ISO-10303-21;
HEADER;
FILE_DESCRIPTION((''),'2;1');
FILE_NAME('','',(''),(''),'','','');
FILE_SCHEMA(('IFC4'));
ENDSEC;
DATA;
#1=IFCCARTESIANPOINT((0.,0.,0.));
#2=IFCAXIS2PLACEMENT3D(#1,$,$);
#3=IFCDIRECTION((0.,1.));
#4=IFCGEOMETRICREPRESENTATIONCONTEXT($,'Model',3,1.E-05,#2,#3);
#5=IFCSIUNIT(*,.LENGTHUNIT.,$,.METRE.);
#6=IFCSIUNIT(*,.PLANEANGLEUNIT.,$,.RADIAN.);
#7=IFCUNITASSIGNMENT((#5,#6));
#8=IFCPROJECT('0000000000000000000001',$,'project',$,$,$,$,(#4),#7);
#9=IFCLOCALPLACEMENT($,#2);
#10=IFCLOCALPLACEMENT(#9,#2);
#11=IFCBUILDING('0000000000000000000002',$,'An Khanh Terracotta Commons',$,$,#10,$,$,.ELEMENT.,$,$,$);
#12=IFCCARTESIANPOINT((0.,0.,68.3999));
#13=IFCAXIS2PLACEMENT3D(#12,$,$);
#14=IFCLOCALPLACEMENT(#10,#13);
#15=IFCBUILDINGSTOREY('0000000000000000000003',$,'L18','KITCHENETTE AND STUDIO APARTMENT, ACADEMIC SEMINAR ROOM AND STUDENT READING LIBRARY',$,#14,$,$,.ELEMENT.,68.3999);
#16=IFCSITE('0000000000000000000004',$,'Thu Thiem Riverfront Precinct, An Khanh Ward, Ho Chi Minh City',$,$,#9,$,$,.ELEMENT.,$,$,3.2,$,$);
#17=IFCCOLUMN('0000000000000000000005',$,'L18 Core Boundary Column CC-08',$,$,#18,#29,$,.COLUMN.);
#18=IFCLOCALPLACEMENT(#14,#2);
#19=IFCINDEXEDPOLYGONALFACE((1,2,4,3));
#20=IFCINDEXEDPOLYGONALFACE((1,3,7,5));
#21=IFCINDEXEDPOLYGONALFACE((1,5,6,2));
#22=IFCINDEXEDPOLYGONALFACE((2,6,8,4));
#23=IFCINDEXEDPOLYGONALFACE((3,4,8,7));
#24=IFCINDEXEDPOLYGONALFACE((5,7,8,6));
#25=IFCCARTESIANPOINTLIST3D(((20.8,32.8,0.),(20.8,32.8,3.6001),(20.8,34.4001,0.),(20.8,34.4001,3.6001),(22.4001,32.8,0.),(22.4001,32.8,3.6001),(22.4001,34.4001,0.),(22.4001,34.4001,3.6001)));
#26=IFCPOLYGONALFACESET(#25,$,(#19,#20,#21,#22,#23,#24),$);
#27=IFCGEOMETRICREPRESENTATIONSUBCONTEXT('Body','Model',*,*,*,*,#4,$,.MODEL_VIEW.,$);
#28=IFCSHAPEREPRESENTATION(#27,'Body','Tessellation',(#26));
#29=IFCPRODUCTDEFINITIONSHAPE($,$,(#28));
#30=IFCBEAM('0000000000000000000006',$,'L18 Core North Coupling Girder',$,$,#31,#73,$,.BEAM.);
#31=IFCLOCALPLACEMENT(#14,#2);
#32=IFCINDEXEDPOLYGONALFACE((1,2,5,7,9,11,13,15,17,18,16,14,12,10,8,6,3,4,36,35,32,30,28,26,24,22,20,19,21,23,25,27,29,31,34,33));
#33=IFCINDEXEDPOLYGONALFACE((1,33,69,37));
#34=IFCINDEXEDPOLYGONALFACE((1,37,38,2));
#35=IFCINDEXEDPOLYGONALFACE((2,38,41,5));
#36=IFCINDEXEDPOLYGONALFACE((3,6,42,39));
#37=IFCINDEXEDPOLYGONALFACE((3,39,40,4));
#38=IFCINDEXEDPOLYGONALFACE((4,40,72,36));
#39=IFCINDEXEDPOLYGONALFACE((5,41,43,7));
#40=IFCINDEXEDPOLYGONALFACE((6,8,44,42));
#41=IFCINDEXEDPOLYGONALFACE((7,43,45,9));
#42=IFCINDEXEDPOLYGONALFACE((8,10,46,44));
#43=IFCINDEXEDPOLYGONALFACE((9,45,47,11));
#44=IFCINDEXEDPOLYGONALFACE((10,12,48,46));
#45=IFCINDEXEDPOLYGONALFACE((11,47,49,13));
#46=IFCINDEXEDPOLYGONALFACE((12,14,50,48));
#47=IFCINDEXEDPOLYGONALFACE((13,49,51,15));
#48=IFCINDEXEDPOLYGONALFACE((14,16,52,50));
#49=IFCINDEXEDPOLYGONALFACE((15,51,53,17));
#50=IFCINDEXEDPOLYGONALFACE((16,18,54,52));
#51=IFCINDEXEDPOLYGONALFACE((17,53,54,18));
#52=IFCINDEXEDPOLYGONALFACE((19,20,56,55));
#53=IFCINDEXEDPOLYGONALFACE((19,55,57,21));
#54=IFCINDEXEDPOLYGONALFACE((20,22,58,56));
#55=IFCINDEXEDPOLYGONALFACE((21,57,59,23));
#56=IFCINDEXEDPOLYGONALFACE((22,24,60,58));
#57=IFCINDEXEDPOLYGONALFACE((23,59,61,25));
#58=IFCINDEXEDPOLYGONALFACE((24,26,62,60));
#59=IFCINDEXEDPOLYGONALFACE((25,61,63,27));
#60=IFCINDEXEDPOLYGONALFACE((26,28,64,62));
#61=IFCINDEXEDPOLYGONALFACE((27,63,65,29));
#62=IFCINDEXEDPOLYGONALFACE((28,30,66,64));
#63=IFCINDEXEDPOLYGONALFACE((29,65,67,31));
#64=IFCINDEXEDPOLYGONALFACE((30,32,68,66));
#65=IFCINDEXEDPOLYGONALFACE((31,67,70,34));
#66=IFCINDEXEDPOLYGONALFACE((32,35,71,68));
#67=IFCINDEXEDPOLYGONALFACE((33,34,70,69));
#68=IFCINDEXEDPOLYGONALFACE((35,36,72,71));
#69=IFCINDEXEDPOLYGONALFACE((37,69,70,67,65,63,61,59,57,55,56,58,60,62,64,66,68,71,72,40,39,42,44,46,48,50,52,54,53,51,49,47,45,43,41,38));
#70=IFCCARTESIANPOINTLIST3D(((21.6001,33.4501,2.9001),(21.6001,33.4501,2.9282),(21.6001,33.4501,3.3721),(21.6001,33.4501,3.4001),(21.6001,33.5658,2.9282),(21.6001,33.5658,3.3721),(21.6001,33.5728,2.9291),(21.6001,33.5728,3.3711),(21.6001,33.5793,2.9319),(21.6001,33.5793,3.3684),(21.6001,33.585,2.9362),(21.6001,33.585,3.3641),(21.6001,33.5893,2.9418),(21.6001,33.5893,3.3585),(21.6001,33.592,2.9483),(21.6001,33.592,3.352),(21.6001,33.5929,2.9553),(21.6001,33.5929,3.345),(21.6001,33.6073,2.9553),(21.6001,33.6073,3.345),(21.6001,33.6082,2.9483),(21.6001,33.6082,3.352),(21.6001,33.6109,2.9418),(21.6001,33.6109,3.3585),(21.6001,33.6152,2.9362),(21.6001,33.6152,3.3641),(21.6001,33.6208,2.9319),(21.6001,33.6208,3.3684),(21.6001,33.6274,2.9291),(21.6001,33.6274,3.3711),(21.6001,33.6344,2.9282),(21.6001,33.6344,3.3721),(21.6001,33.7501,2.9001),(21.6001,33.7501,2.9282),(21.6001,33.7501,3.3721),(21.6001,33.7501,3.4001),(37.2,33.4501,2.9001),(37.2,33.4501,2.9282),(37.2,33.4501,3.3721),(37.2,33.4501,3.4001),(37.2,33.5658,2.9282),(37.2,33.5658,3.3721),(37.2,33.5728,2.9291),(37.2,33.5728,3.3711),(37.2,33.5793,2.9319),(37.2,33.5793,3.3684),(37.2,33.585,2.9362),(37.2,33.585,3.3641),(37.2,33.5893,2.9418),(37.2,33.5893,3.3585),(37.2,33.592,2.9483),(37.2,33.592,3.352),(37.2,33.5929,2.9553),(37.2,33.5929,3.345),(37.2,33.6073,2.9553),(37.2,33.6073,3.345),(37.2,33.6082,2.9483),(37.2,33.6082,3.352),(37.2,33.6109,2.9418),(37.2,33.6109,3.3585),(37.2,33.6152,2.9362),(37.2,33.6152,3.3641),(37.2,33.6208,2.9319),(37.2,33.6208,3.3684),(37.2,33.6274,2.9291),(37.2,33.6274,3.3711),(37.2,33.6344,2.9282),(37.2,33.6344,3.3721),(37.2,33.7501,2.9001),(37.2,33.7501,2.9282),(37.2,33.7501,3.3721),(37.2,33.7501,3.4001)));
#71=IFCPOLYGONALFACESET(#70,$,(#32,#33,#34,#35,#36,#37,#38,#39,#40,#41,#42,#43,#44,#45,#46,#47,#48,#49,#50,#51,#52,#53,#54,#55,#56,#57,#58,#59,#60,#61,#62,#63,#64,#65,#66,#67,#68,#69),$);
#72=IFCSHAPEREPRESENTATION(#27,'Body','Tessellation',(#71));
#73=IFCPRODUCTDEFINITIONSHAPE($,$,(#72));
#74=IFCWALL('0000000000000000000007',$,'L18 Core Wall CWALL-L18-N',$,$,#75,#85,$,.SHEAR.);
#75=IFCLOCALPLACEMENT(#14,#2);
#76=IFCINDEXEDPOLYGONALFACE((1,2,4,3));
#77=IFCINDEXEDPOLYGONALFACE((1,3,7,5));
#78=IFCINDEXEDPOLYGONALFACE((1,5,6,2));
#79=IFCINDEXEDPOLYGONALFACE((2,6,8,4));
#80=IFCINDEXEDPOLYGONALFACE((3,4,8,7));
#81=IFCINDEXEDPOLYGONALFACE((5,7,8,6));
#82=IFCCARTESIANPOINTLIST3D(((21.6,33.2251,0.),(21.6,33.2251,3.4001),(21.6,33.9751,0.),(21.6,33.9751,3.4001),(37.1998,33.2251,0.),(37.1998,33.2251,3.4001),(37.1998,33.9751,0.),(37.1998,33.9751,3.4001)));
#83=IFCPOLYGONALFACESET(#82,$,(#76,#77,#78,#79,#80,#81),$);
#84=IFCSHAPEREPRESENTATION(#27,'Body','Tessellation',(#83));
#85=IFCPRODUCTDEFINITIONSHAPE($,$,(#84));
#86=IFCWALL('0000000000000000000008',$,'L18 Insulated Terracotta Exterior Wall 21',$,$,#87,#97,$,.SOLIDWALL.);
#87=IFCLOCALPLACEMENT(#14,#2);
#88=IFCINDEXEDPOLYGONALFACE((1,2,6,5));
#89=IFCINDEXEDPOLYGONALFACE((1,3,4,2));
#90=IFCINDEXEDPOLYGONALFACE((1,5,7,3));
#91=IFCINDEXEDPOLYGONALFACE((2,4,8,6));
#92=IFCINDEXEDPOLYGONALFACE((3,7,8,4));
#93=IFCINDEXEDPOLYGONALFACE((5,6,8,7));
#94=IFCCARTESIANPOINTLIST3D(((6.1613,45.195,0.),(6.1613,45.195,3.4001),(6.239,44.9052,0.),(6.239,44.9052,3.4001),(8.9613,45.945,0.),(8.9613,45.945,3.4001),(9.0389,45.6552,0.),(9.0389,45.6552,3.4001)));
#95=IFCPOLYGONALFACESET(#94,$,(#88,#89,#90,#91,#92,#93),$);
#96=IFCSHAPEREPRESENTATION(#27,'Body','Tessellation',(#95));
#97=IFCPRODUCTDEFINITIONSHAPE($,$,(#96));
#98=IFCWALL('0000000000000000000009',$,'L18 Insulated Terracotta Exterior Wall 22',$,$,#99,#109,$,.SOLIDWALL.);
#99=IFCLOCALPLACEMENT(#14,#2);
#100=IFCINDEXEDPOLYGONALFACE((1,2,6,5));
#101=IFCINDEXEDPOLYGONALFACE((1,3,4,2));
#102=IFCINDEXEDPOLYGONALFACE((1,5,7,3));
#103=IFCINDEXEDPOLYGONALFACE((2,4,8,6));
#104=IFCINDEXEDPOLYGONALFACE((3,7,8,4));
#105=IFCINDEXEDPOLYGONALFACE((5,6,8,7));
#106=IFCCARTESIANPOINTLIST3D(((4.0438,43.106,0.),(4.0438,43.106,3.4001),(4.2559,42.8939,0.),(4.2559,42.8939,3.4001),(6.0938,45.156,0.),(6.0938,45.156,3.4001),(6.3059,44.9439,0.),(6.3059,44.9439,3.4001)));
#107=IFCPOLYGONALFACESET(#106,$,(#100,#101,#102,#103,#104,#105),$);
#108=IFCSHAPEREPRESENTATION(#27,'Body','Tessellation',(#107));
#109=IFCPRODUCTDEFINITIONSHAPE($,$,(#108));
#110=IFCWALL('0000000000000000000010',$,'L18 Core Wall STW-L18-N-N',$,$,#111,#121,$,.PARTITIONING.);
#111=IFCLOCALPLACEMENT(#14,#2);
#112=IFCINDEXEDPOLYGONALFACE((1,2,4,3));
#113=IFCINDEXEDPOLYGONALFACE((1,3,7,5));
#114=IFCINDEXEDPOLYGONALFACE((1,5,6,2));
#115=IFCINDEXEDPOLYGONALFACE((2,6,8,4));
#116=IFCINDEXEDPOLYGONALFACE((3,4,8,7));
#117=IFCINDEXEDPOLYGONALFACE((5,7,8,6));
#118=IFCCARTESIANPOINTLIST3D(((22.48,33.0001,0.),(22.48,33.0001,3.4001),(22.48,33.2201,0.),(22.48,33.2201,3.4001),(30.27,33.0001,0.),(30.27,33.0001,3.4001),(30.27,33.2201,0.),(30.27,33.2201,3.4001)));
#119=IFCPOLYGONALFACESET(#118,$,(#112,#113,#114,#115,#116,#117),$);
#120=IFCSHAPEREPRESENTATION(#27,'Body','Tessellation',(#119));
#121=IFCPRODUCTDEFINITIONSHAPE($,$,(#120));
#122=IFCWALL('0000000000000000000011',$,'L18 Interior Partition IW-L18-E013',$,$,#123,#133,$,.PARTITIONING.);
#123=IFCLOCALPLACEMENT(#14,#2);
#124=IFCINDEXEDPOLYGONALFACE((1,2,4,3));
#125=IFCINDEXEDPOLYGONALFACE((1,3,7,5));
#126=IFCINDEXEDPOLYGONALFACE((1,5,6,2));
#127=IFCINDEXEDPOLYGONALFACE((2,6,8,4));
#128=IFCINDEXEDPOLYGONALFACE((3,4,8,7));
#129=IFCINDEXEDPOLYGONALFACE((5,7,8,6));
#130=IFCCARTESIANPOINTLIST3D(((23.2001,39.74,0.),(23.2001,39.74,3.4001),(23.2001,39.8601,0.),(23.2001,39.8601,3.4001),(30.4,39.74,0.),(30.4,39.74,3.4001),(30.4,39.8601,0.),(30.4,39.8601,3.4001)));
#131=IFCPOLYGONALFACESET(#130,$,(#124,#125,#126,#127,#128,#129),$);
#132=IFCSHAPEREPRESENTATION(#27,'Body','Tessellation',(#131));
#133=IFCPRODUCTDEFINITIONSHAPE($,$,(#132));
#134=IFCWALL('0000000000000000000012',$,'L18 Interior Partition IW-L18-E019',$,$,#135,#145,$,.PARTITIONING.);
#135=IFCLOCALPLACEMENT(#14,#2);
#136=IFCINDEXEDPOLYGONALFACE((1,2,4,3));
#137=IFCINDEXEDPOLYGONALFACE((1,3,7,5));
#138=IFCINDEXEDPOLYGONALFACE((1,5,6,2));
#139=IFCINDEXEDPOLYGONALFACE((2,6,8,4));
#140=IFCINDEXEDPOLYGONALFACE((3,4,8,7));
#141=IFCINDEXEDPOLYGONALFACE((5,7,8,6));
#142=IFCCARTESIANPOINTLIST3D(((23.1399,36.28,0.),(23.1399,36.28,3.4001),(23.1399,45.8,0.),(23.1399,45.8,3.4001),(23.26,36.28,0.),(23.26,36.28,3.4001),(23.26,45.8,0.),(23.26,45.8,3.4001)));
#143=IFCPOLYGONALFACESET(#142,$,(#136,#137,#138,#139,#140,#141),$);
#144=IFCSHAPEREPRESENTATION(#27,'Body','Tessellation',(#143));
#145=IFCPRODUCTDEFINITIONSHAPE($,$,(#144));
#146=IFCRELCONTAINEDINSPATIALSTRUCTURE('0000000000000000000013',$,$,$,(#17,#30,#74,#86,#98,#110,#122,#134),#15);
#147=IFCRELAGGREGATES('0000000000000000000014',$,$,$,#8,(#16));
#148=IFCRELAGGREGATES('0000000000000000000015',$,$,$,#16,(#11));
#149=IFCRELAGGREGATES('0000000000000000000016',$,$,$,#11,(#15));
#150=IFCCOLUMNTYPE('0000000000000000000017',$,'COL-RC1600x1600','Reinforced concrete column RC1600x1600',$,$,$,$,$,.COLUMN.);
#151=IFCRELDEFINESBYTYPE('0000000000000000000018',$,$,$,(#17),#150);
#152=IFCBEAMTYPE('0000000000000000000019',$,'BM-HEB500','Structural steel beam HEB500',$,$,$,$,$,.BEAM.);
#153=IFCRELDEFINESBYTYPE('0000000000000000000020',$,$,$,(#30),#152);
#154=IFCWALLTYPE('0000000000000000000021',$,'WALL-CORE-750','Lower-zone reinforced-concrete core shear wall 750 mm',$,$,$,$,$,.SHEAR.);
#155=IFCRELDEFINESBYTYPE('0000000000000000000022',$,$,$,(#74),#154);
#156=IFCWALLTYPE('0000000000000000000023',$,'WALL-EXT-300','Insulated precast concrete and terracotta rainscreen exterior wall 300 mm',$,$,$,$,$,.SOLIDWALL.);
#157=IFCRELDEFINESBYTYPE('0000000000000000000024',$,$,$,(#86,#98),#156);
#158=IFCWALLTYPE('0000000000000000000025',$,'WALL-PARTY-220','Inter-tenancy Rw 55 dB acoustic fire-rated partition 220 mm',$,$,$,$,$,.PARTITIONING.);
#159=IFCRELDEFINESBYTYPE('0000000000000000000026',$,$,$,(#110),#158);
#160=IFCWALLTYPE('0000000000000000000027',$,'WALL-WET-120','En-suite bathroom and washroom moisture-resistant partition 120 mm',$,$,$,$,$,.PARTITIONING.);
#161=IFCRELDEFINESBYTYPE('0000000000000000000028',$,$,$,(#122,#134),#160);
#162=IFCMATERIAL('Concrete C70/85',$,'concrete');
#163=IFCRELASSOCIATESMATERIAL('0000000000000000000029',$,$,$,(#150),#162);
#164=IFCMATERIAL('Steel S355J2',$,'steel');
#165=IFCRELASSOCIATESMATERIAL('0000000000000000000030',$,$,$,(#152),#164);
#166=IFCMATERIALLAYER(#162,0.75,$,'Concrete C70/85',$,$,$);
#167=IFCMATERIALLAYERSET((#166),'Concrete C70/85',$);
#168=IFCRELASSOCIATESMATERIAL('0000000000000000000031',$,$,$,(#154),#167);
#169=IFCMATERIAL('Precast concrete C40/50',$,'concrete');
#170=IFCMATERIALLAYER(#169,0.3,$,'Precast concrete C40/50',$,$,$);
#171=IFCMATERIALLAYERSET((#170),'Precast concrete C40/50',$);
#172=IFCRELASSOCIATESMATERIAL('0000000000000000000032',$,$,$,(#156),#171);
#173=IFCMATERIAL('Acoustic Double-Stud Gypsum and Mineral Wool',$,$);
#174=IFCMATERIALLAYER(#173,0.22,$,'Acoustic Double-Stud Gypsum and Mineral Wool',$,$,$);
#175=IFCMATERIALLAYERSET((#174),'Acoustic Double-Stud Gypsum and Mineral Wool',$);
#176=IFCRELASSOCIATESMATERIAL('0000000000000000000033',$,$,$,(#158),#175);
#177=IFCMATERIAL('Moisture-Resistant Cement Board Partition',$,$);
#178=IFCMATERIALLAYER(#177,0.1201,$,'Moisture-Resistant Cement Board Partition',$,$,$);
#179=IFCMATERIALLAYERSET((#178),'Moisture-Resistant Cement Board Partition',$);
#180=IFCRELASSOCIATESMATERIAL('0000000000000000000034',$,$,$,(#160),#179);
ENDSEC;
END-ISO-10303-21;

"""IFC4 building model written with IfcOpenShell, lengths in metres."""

from ifc_helpers import new_model, si_unit, direction, frame, frame_2d, origin, origin_2d, place, context, subcontext, project, spatial, rectangle, i_section, extrude, material, layer, layer_set, material_profile, profile_set, type_object, element, save


model = new_model("IFC4")

# Units and contexts
model_context = context("Model", 3, precision=1e-05, world=origin(), true_north=direction((0.0, 1.0)))
body_context = subcontext(model_context, "Body", "Model", "MODEL_VIEW")
ifc_project = project(units=[si_unit("LENGTHUNIT", "METRE"), si_unit("PLANEANGLEUNIT", "RADIAN")], contexts=[model_context])

# Site, building, storey
site_placement = place(None, origin())
site = spatial("IfcSite", under=ifc_project, at=site_placement, Name="Thu Thiem Riverfront Precinct, An Khanh Ward, Ho Chi Minh City", CompositionType="ELEMENT", RefElevation=3.2)
building_placement = place(site_placement, origin())
building = spatial("IfcBuilding", under=site, at=building_placement, Name="An Khanh Terracotta Commons", CompositionType="ELEMENT")
storey_placement = place(building_placement, frame((0.0, 0.0, 68.3999)))
storey = spatial("IfcBuildingStorey", under=building, at=storey_placement, Name="L18", Description="KITCHENETTE AND STUDIO APARTMENT, ACADEMIC SEMINAR ROOM AND STUDENT READING LIBRARY", CompositionType="ELEMENT", Elevation=68.3999)

# Column
ifc_material_1 = material(Name="Concrete C70/85", Category="concrete")
ifc_material_profile_1 = material_profile(ifc_material_1, rectangle(XDim=1.6001, YDim=1.6001, at=origin_2d()), Name="RC1600x1600")
ifc_profile_set_1 = profile_set([ifc_material_profile_1], Name="Concrete C70/85")
column_type = type_object("IfcColumnType", Name="COL-RC1600x1600", Description="Reinforced concrete column RC1600x1600", PredefinedType="COLUMN", material=ifc_profile_set_1)
column_placement = place(storey_placement, frame((21.6001, 33.6001, 0.0), z_axis=(0.0, 0.0, 1.0), x_axis=(1.0, 0.0, 0.0)))
element("IfcColumn", 1, at=column_placement, inside=storey, type_object=column_type, Name="L18 Core Boundary Column CC-08", PredefinedType="COLUMN", context=body_context, shape_type="SweptSolid", body=[
    extrude(rectangle(XDim=1.6001, YDim=1.6001, at=origin_2d()), origin(), (0.0, 0.0, 1.0), 3.6001),
])

# Beam
ifc_material_2 = material(Name="Steel S355J2", Category="steel")
ifc_material_profile_2 = material_profile(ifc_material_2, i_section(OverallWidth=0.3, OverallDepth=0.5, WebThickness=0.0144, FlangeThickness=0.0281, FilletRadius=0.0271, at=origin_2d()), Name="HEB500")
ifc_profile_set_2 = profile_set([ifc_material_profile_2], Name="Steel S355J2")
beam_type = type_object("IfcBeamType", Name="BM-HEB500", Description="Structural steel beam HEB500", PredefinedType="BEAM", material=ifc_profile_set_2)
beam_placement = place(storey_placement, frame((21.6001, 33.6001, 3.1501), z_axis=(1.0, 0.0, 0.0), x_axis=(0.0, 1.0, 0.0)))
element("IfcBeam", 2, at=beam_placement, inside=storey, type_object=beam_type, Name="L18 Core North Coupling Girder", PredefinedType="BEAM", context=body_context, shape_type="SweptSolid", body=[
    extrude(i_section(OverallWidth=0.3, OverallDepth=0.5, WebThickness=0.0144, FlangeThickness=0.0281, FilletRadius=0.0271, at=origin_2d()), origin(), (0.0, 0.0, 1.0), 15.5999),
])

# Walls
ifc_layer_1 = layer(ifc_material_1, 0.75, Name="Concrete C70/85")
ifc_layer_set_1 = layer_set([ifc_layer_1], Name="Concrete C70/85")
wall_type_1 = type_object("IfcWallType", Name="WALL-CORE-750", Description="Lower-zone reinforced-concrete core shear wall 750 mm", PredefinedType="SHEAR", material=ifc_layer_set_1)
wall_1_placement = place(storey_placement, frame((21.6001, 33.6001, 0.0), z_axis=(0.0, 0.0, 1.0), x_axis=(1.0, 0.0, 0.0)))
element("IfcWall", 3, at=wall_1_placement, inside=storey, type_object=wall_type_1, Name="L18 Core Wall CWALL-L18-N", PredefinedType="SHEAR", context=body_context, shape_type="SweptSolid", body=[
    extrude(rectangle(XDim=15.5999, YDim=0.75, at=frame_2d((7.7998, 0.0))), origin(), (0.0, 0.0, 1.0), 3.4001),
])
ifc_material_3 = material(Name="Precast concrete C40/50", Category="concrete")
ifc_layer_2 = layer(ifc_material_3, 0.3, Name="Precast concrete C40/50")
ifc_layer_set_2 = layer_set([ifc_layer_2], Name="Precast concrete C40/50")
wall_type_2 = type_object("IfcWallType", Name="WALL-EXT-300", Description="Insulated precast concrete and terracotta rainscreen exterior wall 300 mm", PredefinedType="SOLIDWALL", material=ifc_layer_set_2)
wall_2_placement = place(storey_placement, frame((9.0, 45.8, 0.0), z_axis=(0.0, 0.0, 1.0), x_axis=(-0.965949, -0.258732, 0.0)))
element("IfcWall", 4, at=wall_2_placement, inside=storey, type_object=wall_type_2, Name="L18 Insulated Terracotta Exterior Wall 21", PredefinedType="SOLIDWALL", context=body_context, shape_type="SweptSolid", body=[
    extrude(rectangle(XDim=2.8987, YDim=0.3, at=frame_2d((1.4492, 0.0))), origin(), (0.0, 0.0, 1.0), 3.4001),
])
wall_3_placement = place(storey_placement, frame((6.2, 45.05, 0.0), z_axis=(0.0, 0.0, 1.0), x_axis=(-0.707107, -0.707107, 0.0)))
element("IfcWall", 5, at=wall_3_placement, inside=storey, type_object=wall_type_2, Name="L18 Insulated Terracotta Exterior Wall 22", PredefinedType="SOLIDWALL", context=body_context, shape_type="SweptSolid", body=[
    extrude(rectangle(XDim=2.8992, YDim=0.3, at=frame_2d((1.4497, 0.0))), origin(), (0.0, 0.0, 1.0), 3.4001),
])
ifc_material_4 = material(Name="Acoustic Double-Stud Gypsum and Mineral Wool")
ifc_layer_3 = layer(ifc_material_4, 0.22, Name="Acoustic Double-Stud Gypsum and Mineral Wool")
ifc_layer_set_3 = layer_set([ifc_layer_3], Name="Acoustic Double-Stud Gypsum and Mineral Wool")
wall_type_3 = type_object("IfcWallType", Name="WALL-PARTY-220", Description="Inter-tenancy Rw 55 dB acoustic fire-rated partition 220 mm", PredefinedType="PARTITIONING", material=ifc_layer_set_3)
wall_4_placement = place(storey_placement, frame((22.48, 33.1101, 0.0), z_axis=(0.0, 0.0, 1.0), x_axis=(1.0, 0.0, 0.0)))
element("IfcWall", 6, at=wall_4_placement, inside=storey, type_object=wall_type_3, Name="L18 Core Wall STW-L18-N-N", PredefinedType="PARTITIONING", context=body_context, shape_type="SweptSolid", body=[
    extrude(rectangle(XDim=7.79, YDim=0.22, at=frame_2d((3.895, 0.0))), origin(), (0.0, 0.0, 1.0), 3.4001),
])
ifc_material_5 = material(Name="Moisture-Resistant Cement Board Partition")
ifc_layer_4 = layer(ifc_material_5, 0.1201, Name="Moisture-Resistant Cement Board Partition")
ifc_layer_set_4 = layer_set([ifc_layer_4], Name="Moisture-Resistant Cement Board Partition")
wall_type_4 = type_object("IfcWallType", Name="WALL-WET-120", Description="En-suite bathroom and washroom moisture-resistant partition 120 mm", PredefinedType="PARTITIONING", material=ifc_layer_set_4)
wall_5_placement = place(storey_placement, frame((23.2, 39.8, 0.0), z_axis=(0.0, 0.0, 1.0), x_axis=(1.0, 0.0, 0.0)))
element("IfcWall", 7, at=wall_5_placement, inside=storey, type_object=wall_type_4, Name="L18 Interior Partition IW-L18-E013", PredefinedType="PARTITIONING", context=body_context, shape_type="SweptSolid", body=[
    extrude(rectangle(XDim=7.2, YDim=0.1201, at=frame_2d((3.6001, 0.0))), origin(), (0.0, 0.0, 1.0), 3.4001),
])
wall_6_placement = place(storey_placement, frame((23.2, 36.28, 0.0), z_axis=(0.0, 0.0, 1.0), x_axis=(0.0, 1.0, 0.0)))
element("IfcWall", 8, at=wall_6_placement, inside=storey, type_object=wall_type_4, Name="L18 Interior Partition IW-L18-E019", PredefinedType="PARTITIONING", context=body_context, shape_type="SweptSolid", body=[
    extrude(rectangle(XDim=9.52, YDim=0.1201, at=frame_2d((4.76, 0.0))), origin(), (0.0, 0.0, 1.0), 3.4001),
])

save(model, "model.ifc")
